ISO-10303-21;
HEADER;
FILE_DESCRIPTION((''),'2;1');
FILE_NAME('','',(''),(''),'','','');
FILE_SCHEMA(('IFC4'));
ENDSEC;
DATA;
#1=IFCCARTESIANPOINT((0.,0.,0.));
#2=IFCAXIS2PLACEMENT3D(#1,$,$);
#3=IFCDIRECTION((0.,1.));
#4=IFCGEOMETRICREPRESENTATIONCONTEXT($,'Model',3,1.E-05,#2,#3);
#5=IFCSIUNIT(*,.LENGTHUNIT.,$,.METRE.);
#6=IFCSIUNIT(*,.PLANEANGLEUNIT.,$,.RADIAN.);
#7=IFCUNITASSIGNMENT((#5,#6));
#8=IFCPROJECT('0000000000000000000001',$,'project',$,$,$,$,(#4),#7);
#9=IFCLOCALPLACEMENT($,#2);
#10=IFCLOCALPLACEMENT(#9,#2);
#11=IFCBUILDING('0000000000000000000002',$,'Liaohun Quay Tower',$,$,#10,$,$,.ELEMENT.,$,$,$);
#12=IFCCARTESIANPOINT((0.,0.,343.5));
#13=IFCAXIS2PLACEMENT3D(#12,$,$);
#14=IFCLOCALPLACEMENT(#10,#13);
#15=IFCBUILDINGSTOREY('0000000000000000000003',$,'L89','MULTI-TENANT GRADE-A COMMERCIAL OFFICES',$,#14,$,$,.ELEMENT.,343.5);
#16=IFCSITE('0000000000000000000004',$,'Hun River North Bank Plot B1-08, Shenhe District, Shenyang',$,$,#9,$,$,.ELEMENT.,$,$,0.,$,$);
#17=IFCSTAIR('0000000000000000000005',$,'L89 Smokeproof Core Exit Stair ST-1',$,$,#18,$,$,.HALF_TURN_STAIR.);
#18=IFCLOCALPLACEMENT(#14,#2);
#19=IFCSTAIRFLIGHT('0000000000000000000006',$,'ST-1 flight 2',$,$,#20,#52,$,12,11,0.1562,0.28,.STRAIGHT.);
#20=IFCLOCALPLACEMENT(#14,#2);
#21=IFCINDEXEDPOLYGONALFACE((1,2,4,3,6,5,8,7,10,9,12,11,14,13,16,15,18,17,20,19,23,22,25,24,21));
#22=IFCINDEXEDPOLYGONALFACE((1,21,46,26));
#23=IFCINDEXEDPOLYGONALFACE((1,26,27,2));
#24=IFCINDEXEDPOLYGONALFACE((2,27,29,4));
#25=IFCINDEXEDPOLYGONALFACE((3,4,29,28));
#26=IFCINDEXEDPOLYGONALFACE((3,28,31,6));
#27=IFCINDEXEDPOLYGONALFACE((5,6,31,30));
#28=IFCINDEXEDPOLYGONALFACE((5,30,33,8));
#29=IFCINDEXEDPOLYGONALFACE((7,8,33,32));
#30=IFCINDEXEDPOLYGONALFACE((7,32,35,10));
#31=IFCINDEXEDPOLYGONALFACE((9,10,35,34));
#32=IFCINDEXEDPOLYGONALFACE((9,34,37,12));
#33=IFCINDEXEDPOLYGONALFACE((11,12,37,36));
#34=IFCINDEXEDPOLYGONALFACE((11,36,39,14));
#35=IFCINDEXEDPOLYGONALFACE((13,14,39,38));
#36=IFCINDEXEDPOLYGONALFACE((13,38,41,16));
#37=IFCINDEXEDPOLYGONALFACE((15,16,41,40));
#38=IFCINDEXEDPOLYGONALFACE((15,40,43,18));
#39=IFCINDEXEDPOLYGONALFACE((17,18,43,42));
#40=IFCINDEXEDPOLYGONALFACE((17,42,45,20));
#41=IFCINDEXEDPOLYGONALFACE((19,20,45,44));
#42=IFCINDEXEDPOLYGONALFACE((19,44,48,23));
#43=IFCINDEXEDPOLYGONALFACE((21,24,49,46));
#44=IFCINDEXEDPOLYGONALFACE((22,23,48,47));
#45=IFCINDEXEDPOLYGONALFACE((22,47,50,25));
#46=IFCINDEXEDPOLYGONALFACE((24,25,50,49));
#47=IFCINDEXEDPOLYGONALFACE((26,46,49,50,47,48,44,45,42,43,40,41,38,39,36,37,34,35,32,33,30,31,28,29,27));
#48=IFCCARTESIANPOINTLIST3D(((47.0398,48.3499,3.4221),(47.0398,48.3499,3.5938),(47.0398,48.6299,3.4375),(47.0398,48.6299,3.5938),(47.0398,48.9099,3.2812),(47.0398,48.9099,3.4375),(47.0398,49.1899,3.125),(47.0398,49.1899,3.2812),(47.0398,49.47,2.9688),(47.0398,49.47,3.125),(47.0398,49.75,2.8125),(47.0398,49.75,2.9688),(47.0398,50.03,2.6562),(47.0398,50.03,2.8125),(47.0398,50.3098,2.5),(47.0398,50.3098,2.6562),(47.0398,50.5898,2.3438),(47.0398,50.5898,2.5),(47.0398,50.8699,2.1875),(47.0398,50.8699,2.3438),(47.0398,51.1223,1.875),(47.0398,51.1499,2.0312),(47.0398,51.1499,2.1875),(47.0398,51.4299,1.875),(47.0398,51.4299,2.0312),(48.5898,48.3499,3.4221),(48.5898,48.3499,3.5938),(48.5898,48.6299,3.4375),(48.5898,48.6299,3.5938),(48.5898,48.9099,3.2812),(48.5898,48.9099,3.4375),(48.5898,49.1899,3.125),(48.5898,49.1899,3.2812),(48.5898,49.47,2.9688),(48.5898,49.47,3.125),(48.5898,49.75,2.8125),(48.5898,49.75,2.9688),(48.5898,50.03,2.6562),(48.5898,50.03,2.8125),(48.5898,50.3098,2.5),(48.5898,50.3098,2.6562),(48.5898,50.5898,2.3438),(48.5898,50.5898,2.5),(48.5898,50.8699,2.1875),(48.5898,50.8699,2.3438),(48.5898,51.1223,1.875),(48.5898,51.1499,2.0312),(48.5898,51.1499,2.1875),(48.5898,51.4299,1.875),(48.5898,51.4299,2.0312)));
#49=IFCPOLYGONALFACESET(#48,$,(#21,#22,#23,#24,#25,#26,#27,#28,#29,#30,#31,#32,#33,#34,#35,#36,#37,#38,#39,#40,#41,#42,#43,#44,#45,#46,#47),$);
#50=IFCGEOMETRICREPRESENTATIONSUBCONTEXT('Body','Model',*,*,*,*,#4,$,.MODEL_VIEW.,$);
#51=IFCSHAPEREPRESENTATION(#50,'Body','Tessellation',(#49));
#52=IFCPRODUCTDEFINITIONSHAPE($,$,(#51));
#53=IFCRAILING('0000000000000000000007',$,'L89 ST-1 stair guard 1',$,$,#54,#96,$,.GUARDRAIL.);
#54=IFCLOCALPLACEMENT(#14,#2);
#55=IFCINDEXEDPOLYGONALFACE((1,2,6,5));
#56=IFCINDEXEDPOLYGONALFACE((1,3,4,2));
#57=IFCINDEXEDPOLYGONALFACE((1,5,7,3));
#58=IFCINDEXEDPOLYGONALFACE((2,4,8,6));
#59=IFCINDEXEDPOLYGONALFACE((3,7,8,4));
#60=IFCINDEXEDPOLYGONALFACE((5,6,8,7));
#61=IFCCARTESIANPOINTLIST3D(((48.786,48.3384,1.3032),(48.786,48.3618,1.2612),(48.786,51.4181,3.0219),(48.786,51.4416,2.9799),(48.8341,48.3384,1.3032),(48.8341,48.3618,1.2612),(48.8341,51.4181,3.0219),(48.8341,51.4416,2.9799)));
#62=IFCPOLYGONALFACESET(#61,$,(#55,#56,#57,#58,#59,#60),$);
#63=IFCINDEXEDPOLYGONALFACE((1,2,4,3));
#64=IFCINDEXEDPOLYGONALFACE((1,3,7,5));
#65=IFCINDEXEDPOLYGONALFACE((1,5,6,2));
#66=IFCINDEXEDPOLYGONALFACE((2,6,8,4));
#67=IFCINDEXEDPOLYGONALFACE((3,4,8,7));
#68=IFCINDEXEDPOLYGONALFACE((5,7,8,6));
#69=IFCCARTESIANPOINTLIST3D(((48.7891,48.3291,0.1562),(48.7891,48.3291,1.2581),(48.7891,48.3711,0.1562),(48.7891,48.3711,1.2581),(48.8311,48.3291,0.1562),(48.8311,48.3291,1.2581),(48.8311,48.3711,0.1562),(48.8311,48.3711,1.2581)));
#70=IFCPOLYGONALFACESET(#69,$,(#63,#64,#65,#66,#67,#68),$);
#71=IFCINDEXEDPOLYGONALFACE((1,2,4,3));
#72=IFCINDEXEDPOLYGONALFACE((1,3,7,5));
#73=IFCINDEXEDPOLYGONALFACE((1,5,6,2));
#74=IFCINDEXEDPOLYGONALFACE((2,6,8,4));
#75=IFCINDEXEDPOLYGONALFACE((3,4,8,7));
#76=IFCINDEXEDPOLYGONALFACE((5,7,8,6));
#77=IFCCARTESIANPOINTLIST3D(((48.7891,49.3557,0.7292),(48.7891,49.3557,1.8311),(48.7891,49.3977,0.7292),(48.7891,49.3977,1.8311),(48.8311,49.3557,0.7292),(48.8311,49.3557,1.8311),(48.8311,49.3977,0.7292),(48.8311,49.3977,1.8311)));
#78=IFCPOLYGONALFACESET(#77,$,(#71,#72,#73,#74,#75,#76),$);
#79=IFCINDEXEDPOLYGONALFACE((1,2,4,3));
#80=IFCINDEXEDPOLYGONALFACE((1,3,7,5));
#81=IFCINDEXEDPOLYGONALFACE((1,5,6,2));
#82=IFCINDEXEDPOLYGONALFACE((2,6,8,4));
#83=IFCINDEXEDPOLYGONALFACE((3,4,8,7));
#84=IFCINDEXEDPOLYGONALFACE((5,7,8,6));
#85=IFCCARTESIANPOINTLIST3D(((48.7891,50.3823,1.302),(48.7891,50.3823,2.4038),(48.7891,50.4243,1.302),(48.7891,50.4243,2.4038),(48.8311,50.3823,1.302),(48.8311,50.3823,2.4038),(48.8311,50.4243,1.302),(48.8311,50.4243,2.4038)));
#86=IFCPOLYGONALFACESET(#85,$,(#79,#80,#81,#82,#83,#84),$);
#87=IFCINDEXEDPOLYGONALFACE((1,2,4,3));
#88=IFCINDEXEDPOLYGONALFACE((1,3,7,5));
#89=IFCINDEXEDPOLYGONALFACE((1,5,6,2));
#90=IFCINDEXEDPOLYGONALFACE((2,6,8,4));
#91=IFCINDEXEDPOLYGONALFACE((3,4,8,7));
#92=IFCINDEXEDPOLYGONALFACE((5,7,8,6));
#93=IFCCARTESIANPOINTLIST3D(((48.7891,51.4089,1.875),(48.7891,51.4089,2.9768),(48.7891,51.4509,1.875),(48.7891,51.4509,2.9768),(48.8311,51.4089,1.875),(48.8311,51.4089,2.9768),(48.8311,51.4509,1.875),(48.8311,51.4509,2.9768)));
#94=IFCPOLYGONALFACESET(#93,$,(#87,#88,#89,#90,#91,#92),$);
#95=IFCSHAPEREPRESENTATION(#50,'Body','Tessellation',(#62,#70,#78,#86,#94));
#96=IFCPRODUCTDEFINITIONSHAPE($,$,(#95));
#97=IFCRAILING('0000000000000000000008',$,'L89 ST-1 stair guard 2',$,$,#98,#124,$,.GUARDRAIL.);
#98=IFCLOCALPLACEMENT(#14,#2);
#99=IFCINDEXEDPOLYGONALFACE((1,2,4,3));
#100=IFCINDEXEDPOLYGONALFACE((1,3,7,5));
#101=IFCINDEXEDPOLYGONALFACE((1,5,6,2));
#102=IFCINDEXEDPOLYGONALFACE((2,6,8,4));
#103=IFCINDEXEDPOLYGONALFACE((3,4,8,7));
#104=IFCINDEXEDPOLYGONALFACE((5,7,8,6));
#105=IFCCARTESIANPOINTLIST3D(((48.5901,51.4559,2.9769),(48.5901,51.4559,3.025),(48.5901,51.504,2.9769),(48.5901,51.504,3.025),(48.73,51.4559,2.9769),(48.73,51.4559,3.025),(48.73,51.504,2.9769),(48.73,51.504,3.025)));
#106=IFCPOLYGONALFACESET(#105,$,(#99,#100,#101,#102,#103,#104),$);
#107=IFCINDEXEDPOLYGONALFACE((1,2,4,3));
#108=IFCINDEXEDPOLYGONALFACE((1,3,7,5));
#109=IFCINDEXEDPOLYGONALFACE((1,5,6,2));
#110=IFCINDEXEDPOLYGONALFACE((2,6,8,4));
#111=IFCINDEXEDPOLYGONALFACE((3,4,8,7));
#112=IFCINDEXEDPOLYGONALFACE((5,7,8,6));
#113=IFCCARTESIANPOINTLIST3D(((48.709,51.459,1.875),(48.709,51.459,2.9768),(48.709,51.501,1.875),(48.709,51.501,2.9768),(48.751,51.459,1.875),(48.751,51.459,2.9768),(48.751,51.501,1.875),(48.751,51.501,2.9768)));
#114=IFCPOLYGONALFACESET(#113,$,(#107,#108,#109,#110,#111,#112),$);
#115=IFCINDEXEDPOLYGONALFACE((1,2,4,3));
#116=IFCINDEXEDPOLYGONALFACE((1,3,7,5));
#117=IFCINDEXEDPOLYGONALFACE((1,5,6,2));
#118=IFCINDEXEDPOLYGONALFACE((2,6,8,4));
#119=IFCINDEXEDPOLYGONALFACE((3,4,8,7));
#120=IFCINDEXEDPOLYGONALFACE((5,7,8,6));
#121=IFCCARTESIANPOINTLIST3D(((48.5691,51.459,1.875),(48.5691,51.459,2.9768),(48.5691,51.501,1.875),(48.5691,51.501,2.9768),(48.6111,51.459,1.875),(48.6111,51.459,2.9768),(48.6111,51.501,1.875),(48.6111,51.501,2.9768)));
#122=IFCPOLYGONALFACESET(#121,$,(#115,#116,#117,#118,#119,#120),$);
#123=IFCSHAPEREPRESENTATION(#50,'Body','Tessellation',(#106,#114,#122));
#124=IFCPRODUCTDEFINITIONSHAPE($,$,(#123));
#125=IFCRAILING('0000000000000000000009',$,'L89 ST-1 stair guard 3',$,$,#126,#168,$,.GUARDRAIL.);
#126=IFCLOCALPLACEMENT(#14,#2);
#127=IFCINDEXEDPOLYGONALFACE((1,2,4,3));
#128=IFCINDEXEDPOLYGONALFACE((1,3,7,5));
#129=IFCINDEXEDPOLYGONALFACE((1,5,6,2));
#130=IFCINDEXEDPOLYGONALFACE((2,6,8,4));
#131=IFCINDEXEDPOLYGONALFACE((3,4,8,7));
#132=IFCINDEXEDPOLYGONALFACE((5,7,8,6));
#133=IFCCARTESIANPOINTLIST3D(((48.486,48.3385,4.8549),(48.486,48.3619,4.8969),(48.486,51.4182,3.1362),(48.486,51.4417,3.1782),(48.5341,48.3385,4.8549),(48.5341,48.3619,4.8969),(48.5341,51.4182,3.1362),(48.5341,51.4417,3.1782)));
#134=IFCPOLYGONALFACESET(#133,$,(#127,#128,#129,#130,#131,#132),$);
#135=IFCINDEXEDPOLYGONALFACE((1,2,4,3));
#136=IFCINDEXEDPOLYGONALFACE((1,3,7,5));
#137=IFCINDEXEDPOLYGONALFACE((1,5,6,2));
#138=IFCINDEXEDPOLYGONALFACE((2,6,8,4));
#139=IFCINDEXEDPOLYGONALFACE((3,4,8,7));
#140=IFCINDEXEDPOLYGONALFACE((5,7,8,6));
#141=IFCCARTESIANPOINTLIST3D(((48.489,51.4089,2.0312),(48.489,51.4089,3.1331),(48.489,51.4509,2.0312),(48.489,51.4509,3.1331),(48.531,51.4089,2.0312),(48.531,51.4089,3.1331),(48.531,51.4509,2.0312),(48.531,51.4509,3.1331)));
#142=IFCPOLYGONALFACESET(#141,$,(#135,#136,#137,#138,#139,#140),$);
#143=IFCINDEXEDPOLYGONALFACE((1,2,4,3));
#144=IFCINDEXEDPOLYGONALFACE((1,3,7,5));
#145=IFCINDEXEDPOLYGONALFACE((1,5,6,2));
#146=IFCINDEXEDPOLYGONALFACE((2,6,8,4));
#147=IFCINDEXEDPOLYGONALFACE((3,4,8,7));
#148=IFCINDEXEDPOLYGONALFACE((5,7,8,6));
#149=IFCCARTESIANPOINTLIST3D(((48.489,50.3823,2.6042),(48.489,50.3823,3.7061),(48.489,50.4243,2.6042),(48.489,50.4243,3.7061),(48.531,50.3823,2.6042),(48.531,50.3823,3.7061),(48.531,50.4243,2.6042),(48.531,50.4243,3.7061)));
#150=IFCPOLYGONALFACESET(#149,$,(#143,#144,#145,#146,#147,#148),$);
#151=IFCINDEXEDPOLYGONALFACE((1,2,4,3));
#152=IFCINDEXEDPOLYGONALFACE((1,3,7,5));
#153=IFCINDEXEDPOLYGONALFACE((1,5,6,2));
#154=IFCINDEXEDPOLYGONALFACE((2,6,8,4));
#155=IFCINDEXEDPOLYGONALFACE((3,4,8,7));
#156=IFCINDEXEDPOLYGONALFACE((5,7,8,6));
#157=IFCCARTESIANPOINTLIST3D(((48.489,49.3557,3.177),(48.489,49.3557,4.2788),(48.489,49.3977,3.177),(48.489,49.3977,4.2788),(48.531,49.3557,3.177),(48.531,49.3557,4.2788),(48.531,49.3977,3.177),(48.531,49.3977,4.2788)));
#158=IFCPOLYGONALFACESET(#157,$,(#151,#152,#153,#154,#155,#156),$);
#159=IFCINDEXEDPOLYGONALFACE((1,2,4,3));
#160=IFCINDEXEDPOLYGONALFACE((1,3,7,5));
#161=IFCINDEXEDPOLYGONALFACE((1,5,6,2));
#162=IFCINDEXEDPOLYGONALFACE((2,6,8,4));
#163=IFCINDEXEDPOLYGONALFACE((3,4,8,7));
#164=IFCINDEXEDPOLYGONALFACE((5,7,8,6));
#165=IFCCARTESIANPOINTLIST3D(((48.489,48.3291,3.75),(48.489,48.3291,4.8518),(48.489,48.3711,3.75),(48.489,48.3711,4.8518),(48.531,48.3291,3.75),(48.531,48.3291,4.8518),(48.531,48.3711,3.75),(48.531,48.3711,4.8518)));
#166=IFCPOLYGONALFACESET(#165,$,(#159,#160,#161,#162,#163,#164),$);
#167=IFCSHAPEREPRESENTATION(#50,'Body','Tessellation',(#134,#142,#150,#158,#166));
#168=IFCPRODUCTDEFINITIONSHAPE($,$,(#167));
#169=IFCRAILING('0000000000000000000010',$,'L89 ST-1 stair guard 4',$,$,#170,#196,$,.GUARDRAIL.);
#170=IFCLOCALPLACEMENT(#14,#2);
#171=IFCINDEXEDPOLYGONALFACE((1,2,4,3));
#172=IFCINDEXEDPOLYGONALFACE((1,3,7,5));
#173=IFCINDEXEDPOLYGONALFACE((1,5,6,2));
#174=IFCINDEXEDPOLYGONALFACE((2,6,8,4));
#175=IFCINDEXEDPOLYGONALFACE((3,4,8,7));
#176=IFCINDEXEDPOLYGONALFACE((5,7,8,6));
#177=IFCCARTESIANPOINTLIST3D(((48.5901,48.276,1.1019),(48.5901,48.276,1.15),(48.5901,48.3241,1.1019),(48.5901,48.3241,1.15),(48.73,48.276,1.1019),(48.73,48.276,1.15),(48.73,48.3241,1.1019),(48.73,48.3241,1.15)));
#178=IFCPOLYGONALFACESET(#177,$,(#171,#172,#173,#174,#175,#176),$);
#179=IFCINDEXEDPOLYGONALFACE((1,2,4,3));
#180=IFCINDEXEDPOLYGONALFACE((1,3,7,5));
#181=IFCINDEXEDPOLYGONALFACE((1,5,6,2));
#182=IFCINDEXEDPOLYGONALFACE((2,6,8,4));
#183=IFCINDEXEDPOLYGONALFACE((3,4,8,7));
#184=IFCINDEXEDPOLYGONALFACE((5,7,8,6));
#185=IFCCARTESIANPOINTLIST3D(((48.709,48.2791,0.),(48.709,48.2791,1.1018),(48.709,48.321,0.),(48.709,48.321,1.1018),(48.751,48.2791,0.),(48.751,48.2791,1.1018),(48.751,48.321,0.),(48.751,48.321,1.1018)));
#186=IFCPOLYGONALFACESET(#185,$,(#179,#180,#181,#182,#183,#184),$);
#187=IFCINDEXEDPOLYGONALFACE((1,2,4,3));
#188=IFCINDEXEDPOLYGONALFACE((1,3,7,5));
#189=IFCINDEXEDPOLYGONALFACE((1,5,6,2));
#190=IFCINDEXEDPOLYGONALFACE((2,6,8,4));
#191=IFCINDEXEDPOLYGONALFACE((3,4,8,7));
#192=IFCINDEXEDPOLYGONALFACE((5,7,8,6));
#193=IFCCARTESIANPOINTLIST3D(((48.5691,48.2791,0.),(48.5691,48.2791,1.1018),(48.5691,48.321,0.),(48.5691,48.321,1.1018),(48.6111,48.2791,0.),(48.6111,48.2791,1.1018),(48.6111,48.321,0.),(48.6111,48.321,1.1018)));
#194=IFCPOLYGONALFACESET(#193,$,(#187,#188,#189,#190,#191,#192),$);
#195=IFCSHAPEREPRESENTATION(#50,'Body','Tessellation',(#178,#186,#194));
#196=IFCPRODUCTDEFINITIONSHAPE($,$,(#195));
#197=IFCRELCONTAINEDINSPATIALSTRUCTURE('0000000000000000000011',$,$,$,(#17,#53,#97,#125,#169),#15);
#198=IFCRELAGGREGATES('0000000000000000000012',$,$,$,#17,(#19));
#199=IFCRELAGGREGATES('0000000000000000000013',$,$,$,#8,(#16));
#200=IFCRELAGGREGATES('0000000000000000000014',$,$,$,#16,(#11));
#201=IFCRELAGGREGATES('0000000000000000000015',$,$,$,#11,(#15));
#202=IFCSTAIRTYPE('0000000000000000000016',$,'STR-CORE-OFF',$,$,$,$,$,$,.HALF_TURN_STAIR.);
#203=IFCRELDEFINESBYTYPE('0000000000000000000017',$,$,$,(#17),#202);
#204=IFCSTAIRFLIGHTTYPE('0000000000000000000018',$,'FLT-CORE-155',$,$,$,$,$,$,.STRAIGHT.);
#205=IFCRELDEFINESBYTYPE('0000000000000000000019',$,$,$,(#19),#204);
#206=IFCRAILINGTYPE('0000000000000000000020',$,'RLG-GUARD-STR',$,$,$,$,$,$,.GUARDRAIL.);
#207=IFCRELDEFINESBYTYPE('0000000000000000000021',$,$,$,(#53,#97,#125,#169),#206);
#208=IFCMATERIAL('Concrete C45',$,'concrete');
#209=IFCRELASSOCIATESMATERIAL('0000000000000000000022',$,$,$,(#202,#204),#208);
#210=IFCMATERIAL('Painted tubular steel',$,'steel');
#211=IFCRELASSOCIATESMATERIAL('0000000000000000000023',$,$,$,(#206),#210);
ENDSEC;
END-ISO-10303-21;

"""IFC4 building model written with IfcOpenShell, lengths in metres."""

from ifc_helpers import new_model, si_unit, direction, frame, origin, origin_2d, place, context, subcontext, project, spatial, polyline, rectangle, outline, extrude, material, type_object, element, aggregate, save


model = new_model("IFC4")

# Units and contexts
model_context = context("Model", 3, precision=1e-05, world=origin(), true_north=direction((0.0, 1.0)))
body_context = subcontext(model_context, "Body", "Model", "MODEL_VIEW")
ifc_project = project(units=[si_unit("LENGTHUNIT", "METRE"), si_unit("PLANEANGLEUNIT", "RADIAN")], contexts=[model_context])

# Site, building, storey
site_placement = place(None, origin())
site = spatial("IfcSite", under=ifc_project, at=site_placement, Name="Hun River North Bank Plot B1-08, Shenhe District, Shenyang", CompositionType="ELEMENT", RefElevation=0.0)
building_placement = place(site_placement, origin())
building = spatial("IfcBuilding", under=site, at=building_placement, Name="Liaohun Quay Tower", CompositionType="ELEMENT")
storey_placement = place(building_placement, frame((0.0, 0.0, 343.5)))
storey = spatial("IfcBuildingStorey", under=building, at=storey_placement, Name="L89", Description="MULTI-TENANT GRADE-A COMMERCIAL OFFICES", CompositionType="ELEMENT", Elevation=343.5)

# Stair
ifc_material_1 = material(Name="Concrete C45", Category="concrete")
stair_type = type_object("IfcStairType", Name="STR-CORE-OFF", PredefinedType="HALF_TURN_STAIR", material=ifc_material_1)
stair_1_placement = place(storey_placement, origin())
stair_1 = element("IfcStair", 1, at=stair_1_placement, inside=storey, type_object=stair_type, Name="L89 Smokeproof Core Exit Stair ST-1", PredefinedType="HALF_TURN_STAIR")

# Stair flight
stair_flight_type = type_object("IfcStairFlightType", Name="FLT-CORE-155", PredefinedType="STRAIGHT", material=ifc_material_1)
stair_flight_1_placement = place(storey_placement, frame((47.8149, 51.4299, 1.875), z_axis=(0.0, 0.0, 1.0), x_axis=(0.0, -1.0, 0.0)))
stair_flight_1 = element("IfcStairFlight", 2, at=stair_flight_1_placement, type_object=stair_flight_type, Name="ST-1 flight 2", NumberOfRisers=12, NumberOfTreads=11, PredefinedType="STRAIGHT", RiserHeight=0.1562, TreadLength=0.28, context=body_context, shape_type="SweptSolid", body=[
    extrude(outline(polyline([(0.0, 0.0), (0.0, 0.1562), (0.28, 0.1562), (0.28, 0.3125), (0.5601, 0.3125), (0.5601, 0.4688), (0.8401, 0.4688), (0.8401, 0.625), (1.1201, 0.625), (1.1201, 0.7812), (1.3999, 0.7812), (1.3999, 0.9375), (1.6799, 0.9375), (1.6799, 1.0938), (1.96, 1.0938), (1.96, 1.25), (2.24, 1.25), (2.24, 1.4062), (2.52, 1.4062), (2.52, 1.5625), (2.8, 1.5625), (2.8, 1.7188), (3.0801, 1.7188), (3.0801, 1.875), (3.0801, 1.5471), (0.3076, 0.0), (0.0, 0.0)])), frame((0.0, 0.7749, 0.0), z_axis=(0.0, -1.0, 0.0), x_axis=(1.0, 0.0, 0.0)), (0.0, 0.0, 1.0), 1.55),
])
aggregate(stair_1, [stair_flight_1])

# Railings
ifc_material_2 = material(Name="Painted tubular steel", Category="steel")
railing_type_1 = type_object("IfcRailingType", Name="RLG-GUARD-STR", PredefinedType="GUARDRAIL", material=ifc_material_2)
railing_1_placement = place(storey_placement, frame((48.8101, 48.3501, 0.1562)))
element("IfcRailing", 3, at=railing_1_placement, inside=storey, type_object=railing_type_1, Name="L89 ST-1 stair guard 1", PredefinedType="GUARDRAIL", context=body_context, shape_type="SweptSolid", body=[
    extrude(rectangle(XDim=0.0481, YDim=0.0481, at=origin_2d()), frame((0.0, 0.0, 1.126), z_axis=(0.0, 0.873225, 0.487317), x_axis=(-1.0, 0.0, 0.0)), (0.0, 0.0, 1.0), 3.5269),
    extrude(rectangle(XDim=0.042, YDim=0.042, at=origin_2d()), origin(), (0.0, 0.0, 1.0), 1.1018),
    extrude(rectangle(XDim=0.042, YDim=0.042, at=origin_2d()), frame((0.0, 1.0266, 0.573)), (0.0, 0.0, 1.0), 1.1018),
    extrude(rectangle(XDim=0.042, YDim=0.042, at=origin_2d()), frame((0.0, 2.0532, 1.1458)), (0.0, 0.0, 1.0), 1.1018),
    extrude(rectangle(XDim=0.042, YDim=0.042, at=origin_2d()), frame((0.0, 3.0798, 1.7188)), (0.0, 0.0, 1.0), 1.1018),
])
railing_2_placement = place(storey_placement, frame((48.73, 51.48, 1.875)))
element("IfcRailing", 4, at=railing_2_placement, inside=storey, type_object=railing_type_1, Name="L89 ST-1 stair guard 2", PredefinedType="GUARDRAIL", context=body_context, shape_type="SweptSolid", body=[
    extrude(rectangle(XDim=0.0481, YDim=0.0481, at=origin_2d()), frame((0.0, 0.0, 1.126), z_axis=(-1.0, 0.0, 0.0), x_axis=(0.0, -1.0, 0.0)), (0.0, 0.0, 1.0), 0.1399),
    extrude(rectangle(XDim=0.042, YDim=0.042, at=origin_2d()), origin(), (0.0, 0.0, 1.0), 1.1018),
    extrude(rectangle(XDim=0.042, YDim=0.042, at=origin_2d()), frame((-0.1399, 0.0, 0.0)), (0.0, 0.0, 1.0), 1.1018),
])
railing_3_placement = place(storey_placement, frame((48.51, 51.4299, 2.0312)))
element("IfcRailing", 5, at=railing_3_placement, inside=storey, type_object=railing_type_1, Name="L89 ST-1 stair guard 3", PredefinedType="GUARDRAIL", context=body_context, shape_type="SweptSolid", body=[
    extrude(rectangle(XDim=0.0481, YDim=0.0481, at=origin_2d()), frame((0.0, 0.0, 1.126), z_axis=(0.0, -0.873225, 0.487317), x_axis=(1.0, 0.0, 0.0)), (0.0, 0.0, 1.0), 3.5269),
    extrude(rectangle(XDim=0.042, YDim=0.042, at=origin_2d()), origin(), (0.0, 0.0, 1.0), 1.1018),
    extrude(rectangle(XDim=0.042, YDim=0.042, at=origin_2d()), frame((0.0, -1.0266, 0.573)), (0.0, 0.0, 1.0), 1.1018),
    extrude(rectangle(XDim=0.042, YDim=0.042, at=origin_2d()), frame((0.0, -2.0532, 1.1458)), (0.0, 0.0, 1.0), 1.1018),
    extrude(rectangle(XDim=0.042, YDim=0.042, at=origin_2d()), frame((0.0, -3.0798, 1.7188)), (0.0, 0.0, 1.0), 1.1018),
])
railing_4_placement = place(storey_placement, frame((48.73, 48.3, 0.0)))
element("IfcRailing", 6, at=railing_4_placement, inside=storey, type_object=railing_type_1, Name="L89 ST-1 stair guard 4", PredefinedType="GUARDRAIL", context=body_context, shape_type="SweptSolid", body=[
    extrude(rectangle(XDim=0.0481, YDim=0.0481, at=origin_2d()), frame((0.0, 0.0, 1.126), z_axis=(-1.0, 0.0, 0.0), x_axis=(0.0, -1.0, 0.0)), (0.0, 0.0, 1.0), 0.1399),
    extrude(rectangle(XDim=0.042, YDim=0.042, at=origin_2d()), origin(), (0.0, 0.0, 1.0), 1.1018),
    extrude(rectangle(XDim=0.042, YDim=0.042, at=origin_2d()), frame((-0.1399, 0.0, 0.0)), (0.0, 0.0, 1.0), 1.1018),
])

save(model, "model.ifc")
